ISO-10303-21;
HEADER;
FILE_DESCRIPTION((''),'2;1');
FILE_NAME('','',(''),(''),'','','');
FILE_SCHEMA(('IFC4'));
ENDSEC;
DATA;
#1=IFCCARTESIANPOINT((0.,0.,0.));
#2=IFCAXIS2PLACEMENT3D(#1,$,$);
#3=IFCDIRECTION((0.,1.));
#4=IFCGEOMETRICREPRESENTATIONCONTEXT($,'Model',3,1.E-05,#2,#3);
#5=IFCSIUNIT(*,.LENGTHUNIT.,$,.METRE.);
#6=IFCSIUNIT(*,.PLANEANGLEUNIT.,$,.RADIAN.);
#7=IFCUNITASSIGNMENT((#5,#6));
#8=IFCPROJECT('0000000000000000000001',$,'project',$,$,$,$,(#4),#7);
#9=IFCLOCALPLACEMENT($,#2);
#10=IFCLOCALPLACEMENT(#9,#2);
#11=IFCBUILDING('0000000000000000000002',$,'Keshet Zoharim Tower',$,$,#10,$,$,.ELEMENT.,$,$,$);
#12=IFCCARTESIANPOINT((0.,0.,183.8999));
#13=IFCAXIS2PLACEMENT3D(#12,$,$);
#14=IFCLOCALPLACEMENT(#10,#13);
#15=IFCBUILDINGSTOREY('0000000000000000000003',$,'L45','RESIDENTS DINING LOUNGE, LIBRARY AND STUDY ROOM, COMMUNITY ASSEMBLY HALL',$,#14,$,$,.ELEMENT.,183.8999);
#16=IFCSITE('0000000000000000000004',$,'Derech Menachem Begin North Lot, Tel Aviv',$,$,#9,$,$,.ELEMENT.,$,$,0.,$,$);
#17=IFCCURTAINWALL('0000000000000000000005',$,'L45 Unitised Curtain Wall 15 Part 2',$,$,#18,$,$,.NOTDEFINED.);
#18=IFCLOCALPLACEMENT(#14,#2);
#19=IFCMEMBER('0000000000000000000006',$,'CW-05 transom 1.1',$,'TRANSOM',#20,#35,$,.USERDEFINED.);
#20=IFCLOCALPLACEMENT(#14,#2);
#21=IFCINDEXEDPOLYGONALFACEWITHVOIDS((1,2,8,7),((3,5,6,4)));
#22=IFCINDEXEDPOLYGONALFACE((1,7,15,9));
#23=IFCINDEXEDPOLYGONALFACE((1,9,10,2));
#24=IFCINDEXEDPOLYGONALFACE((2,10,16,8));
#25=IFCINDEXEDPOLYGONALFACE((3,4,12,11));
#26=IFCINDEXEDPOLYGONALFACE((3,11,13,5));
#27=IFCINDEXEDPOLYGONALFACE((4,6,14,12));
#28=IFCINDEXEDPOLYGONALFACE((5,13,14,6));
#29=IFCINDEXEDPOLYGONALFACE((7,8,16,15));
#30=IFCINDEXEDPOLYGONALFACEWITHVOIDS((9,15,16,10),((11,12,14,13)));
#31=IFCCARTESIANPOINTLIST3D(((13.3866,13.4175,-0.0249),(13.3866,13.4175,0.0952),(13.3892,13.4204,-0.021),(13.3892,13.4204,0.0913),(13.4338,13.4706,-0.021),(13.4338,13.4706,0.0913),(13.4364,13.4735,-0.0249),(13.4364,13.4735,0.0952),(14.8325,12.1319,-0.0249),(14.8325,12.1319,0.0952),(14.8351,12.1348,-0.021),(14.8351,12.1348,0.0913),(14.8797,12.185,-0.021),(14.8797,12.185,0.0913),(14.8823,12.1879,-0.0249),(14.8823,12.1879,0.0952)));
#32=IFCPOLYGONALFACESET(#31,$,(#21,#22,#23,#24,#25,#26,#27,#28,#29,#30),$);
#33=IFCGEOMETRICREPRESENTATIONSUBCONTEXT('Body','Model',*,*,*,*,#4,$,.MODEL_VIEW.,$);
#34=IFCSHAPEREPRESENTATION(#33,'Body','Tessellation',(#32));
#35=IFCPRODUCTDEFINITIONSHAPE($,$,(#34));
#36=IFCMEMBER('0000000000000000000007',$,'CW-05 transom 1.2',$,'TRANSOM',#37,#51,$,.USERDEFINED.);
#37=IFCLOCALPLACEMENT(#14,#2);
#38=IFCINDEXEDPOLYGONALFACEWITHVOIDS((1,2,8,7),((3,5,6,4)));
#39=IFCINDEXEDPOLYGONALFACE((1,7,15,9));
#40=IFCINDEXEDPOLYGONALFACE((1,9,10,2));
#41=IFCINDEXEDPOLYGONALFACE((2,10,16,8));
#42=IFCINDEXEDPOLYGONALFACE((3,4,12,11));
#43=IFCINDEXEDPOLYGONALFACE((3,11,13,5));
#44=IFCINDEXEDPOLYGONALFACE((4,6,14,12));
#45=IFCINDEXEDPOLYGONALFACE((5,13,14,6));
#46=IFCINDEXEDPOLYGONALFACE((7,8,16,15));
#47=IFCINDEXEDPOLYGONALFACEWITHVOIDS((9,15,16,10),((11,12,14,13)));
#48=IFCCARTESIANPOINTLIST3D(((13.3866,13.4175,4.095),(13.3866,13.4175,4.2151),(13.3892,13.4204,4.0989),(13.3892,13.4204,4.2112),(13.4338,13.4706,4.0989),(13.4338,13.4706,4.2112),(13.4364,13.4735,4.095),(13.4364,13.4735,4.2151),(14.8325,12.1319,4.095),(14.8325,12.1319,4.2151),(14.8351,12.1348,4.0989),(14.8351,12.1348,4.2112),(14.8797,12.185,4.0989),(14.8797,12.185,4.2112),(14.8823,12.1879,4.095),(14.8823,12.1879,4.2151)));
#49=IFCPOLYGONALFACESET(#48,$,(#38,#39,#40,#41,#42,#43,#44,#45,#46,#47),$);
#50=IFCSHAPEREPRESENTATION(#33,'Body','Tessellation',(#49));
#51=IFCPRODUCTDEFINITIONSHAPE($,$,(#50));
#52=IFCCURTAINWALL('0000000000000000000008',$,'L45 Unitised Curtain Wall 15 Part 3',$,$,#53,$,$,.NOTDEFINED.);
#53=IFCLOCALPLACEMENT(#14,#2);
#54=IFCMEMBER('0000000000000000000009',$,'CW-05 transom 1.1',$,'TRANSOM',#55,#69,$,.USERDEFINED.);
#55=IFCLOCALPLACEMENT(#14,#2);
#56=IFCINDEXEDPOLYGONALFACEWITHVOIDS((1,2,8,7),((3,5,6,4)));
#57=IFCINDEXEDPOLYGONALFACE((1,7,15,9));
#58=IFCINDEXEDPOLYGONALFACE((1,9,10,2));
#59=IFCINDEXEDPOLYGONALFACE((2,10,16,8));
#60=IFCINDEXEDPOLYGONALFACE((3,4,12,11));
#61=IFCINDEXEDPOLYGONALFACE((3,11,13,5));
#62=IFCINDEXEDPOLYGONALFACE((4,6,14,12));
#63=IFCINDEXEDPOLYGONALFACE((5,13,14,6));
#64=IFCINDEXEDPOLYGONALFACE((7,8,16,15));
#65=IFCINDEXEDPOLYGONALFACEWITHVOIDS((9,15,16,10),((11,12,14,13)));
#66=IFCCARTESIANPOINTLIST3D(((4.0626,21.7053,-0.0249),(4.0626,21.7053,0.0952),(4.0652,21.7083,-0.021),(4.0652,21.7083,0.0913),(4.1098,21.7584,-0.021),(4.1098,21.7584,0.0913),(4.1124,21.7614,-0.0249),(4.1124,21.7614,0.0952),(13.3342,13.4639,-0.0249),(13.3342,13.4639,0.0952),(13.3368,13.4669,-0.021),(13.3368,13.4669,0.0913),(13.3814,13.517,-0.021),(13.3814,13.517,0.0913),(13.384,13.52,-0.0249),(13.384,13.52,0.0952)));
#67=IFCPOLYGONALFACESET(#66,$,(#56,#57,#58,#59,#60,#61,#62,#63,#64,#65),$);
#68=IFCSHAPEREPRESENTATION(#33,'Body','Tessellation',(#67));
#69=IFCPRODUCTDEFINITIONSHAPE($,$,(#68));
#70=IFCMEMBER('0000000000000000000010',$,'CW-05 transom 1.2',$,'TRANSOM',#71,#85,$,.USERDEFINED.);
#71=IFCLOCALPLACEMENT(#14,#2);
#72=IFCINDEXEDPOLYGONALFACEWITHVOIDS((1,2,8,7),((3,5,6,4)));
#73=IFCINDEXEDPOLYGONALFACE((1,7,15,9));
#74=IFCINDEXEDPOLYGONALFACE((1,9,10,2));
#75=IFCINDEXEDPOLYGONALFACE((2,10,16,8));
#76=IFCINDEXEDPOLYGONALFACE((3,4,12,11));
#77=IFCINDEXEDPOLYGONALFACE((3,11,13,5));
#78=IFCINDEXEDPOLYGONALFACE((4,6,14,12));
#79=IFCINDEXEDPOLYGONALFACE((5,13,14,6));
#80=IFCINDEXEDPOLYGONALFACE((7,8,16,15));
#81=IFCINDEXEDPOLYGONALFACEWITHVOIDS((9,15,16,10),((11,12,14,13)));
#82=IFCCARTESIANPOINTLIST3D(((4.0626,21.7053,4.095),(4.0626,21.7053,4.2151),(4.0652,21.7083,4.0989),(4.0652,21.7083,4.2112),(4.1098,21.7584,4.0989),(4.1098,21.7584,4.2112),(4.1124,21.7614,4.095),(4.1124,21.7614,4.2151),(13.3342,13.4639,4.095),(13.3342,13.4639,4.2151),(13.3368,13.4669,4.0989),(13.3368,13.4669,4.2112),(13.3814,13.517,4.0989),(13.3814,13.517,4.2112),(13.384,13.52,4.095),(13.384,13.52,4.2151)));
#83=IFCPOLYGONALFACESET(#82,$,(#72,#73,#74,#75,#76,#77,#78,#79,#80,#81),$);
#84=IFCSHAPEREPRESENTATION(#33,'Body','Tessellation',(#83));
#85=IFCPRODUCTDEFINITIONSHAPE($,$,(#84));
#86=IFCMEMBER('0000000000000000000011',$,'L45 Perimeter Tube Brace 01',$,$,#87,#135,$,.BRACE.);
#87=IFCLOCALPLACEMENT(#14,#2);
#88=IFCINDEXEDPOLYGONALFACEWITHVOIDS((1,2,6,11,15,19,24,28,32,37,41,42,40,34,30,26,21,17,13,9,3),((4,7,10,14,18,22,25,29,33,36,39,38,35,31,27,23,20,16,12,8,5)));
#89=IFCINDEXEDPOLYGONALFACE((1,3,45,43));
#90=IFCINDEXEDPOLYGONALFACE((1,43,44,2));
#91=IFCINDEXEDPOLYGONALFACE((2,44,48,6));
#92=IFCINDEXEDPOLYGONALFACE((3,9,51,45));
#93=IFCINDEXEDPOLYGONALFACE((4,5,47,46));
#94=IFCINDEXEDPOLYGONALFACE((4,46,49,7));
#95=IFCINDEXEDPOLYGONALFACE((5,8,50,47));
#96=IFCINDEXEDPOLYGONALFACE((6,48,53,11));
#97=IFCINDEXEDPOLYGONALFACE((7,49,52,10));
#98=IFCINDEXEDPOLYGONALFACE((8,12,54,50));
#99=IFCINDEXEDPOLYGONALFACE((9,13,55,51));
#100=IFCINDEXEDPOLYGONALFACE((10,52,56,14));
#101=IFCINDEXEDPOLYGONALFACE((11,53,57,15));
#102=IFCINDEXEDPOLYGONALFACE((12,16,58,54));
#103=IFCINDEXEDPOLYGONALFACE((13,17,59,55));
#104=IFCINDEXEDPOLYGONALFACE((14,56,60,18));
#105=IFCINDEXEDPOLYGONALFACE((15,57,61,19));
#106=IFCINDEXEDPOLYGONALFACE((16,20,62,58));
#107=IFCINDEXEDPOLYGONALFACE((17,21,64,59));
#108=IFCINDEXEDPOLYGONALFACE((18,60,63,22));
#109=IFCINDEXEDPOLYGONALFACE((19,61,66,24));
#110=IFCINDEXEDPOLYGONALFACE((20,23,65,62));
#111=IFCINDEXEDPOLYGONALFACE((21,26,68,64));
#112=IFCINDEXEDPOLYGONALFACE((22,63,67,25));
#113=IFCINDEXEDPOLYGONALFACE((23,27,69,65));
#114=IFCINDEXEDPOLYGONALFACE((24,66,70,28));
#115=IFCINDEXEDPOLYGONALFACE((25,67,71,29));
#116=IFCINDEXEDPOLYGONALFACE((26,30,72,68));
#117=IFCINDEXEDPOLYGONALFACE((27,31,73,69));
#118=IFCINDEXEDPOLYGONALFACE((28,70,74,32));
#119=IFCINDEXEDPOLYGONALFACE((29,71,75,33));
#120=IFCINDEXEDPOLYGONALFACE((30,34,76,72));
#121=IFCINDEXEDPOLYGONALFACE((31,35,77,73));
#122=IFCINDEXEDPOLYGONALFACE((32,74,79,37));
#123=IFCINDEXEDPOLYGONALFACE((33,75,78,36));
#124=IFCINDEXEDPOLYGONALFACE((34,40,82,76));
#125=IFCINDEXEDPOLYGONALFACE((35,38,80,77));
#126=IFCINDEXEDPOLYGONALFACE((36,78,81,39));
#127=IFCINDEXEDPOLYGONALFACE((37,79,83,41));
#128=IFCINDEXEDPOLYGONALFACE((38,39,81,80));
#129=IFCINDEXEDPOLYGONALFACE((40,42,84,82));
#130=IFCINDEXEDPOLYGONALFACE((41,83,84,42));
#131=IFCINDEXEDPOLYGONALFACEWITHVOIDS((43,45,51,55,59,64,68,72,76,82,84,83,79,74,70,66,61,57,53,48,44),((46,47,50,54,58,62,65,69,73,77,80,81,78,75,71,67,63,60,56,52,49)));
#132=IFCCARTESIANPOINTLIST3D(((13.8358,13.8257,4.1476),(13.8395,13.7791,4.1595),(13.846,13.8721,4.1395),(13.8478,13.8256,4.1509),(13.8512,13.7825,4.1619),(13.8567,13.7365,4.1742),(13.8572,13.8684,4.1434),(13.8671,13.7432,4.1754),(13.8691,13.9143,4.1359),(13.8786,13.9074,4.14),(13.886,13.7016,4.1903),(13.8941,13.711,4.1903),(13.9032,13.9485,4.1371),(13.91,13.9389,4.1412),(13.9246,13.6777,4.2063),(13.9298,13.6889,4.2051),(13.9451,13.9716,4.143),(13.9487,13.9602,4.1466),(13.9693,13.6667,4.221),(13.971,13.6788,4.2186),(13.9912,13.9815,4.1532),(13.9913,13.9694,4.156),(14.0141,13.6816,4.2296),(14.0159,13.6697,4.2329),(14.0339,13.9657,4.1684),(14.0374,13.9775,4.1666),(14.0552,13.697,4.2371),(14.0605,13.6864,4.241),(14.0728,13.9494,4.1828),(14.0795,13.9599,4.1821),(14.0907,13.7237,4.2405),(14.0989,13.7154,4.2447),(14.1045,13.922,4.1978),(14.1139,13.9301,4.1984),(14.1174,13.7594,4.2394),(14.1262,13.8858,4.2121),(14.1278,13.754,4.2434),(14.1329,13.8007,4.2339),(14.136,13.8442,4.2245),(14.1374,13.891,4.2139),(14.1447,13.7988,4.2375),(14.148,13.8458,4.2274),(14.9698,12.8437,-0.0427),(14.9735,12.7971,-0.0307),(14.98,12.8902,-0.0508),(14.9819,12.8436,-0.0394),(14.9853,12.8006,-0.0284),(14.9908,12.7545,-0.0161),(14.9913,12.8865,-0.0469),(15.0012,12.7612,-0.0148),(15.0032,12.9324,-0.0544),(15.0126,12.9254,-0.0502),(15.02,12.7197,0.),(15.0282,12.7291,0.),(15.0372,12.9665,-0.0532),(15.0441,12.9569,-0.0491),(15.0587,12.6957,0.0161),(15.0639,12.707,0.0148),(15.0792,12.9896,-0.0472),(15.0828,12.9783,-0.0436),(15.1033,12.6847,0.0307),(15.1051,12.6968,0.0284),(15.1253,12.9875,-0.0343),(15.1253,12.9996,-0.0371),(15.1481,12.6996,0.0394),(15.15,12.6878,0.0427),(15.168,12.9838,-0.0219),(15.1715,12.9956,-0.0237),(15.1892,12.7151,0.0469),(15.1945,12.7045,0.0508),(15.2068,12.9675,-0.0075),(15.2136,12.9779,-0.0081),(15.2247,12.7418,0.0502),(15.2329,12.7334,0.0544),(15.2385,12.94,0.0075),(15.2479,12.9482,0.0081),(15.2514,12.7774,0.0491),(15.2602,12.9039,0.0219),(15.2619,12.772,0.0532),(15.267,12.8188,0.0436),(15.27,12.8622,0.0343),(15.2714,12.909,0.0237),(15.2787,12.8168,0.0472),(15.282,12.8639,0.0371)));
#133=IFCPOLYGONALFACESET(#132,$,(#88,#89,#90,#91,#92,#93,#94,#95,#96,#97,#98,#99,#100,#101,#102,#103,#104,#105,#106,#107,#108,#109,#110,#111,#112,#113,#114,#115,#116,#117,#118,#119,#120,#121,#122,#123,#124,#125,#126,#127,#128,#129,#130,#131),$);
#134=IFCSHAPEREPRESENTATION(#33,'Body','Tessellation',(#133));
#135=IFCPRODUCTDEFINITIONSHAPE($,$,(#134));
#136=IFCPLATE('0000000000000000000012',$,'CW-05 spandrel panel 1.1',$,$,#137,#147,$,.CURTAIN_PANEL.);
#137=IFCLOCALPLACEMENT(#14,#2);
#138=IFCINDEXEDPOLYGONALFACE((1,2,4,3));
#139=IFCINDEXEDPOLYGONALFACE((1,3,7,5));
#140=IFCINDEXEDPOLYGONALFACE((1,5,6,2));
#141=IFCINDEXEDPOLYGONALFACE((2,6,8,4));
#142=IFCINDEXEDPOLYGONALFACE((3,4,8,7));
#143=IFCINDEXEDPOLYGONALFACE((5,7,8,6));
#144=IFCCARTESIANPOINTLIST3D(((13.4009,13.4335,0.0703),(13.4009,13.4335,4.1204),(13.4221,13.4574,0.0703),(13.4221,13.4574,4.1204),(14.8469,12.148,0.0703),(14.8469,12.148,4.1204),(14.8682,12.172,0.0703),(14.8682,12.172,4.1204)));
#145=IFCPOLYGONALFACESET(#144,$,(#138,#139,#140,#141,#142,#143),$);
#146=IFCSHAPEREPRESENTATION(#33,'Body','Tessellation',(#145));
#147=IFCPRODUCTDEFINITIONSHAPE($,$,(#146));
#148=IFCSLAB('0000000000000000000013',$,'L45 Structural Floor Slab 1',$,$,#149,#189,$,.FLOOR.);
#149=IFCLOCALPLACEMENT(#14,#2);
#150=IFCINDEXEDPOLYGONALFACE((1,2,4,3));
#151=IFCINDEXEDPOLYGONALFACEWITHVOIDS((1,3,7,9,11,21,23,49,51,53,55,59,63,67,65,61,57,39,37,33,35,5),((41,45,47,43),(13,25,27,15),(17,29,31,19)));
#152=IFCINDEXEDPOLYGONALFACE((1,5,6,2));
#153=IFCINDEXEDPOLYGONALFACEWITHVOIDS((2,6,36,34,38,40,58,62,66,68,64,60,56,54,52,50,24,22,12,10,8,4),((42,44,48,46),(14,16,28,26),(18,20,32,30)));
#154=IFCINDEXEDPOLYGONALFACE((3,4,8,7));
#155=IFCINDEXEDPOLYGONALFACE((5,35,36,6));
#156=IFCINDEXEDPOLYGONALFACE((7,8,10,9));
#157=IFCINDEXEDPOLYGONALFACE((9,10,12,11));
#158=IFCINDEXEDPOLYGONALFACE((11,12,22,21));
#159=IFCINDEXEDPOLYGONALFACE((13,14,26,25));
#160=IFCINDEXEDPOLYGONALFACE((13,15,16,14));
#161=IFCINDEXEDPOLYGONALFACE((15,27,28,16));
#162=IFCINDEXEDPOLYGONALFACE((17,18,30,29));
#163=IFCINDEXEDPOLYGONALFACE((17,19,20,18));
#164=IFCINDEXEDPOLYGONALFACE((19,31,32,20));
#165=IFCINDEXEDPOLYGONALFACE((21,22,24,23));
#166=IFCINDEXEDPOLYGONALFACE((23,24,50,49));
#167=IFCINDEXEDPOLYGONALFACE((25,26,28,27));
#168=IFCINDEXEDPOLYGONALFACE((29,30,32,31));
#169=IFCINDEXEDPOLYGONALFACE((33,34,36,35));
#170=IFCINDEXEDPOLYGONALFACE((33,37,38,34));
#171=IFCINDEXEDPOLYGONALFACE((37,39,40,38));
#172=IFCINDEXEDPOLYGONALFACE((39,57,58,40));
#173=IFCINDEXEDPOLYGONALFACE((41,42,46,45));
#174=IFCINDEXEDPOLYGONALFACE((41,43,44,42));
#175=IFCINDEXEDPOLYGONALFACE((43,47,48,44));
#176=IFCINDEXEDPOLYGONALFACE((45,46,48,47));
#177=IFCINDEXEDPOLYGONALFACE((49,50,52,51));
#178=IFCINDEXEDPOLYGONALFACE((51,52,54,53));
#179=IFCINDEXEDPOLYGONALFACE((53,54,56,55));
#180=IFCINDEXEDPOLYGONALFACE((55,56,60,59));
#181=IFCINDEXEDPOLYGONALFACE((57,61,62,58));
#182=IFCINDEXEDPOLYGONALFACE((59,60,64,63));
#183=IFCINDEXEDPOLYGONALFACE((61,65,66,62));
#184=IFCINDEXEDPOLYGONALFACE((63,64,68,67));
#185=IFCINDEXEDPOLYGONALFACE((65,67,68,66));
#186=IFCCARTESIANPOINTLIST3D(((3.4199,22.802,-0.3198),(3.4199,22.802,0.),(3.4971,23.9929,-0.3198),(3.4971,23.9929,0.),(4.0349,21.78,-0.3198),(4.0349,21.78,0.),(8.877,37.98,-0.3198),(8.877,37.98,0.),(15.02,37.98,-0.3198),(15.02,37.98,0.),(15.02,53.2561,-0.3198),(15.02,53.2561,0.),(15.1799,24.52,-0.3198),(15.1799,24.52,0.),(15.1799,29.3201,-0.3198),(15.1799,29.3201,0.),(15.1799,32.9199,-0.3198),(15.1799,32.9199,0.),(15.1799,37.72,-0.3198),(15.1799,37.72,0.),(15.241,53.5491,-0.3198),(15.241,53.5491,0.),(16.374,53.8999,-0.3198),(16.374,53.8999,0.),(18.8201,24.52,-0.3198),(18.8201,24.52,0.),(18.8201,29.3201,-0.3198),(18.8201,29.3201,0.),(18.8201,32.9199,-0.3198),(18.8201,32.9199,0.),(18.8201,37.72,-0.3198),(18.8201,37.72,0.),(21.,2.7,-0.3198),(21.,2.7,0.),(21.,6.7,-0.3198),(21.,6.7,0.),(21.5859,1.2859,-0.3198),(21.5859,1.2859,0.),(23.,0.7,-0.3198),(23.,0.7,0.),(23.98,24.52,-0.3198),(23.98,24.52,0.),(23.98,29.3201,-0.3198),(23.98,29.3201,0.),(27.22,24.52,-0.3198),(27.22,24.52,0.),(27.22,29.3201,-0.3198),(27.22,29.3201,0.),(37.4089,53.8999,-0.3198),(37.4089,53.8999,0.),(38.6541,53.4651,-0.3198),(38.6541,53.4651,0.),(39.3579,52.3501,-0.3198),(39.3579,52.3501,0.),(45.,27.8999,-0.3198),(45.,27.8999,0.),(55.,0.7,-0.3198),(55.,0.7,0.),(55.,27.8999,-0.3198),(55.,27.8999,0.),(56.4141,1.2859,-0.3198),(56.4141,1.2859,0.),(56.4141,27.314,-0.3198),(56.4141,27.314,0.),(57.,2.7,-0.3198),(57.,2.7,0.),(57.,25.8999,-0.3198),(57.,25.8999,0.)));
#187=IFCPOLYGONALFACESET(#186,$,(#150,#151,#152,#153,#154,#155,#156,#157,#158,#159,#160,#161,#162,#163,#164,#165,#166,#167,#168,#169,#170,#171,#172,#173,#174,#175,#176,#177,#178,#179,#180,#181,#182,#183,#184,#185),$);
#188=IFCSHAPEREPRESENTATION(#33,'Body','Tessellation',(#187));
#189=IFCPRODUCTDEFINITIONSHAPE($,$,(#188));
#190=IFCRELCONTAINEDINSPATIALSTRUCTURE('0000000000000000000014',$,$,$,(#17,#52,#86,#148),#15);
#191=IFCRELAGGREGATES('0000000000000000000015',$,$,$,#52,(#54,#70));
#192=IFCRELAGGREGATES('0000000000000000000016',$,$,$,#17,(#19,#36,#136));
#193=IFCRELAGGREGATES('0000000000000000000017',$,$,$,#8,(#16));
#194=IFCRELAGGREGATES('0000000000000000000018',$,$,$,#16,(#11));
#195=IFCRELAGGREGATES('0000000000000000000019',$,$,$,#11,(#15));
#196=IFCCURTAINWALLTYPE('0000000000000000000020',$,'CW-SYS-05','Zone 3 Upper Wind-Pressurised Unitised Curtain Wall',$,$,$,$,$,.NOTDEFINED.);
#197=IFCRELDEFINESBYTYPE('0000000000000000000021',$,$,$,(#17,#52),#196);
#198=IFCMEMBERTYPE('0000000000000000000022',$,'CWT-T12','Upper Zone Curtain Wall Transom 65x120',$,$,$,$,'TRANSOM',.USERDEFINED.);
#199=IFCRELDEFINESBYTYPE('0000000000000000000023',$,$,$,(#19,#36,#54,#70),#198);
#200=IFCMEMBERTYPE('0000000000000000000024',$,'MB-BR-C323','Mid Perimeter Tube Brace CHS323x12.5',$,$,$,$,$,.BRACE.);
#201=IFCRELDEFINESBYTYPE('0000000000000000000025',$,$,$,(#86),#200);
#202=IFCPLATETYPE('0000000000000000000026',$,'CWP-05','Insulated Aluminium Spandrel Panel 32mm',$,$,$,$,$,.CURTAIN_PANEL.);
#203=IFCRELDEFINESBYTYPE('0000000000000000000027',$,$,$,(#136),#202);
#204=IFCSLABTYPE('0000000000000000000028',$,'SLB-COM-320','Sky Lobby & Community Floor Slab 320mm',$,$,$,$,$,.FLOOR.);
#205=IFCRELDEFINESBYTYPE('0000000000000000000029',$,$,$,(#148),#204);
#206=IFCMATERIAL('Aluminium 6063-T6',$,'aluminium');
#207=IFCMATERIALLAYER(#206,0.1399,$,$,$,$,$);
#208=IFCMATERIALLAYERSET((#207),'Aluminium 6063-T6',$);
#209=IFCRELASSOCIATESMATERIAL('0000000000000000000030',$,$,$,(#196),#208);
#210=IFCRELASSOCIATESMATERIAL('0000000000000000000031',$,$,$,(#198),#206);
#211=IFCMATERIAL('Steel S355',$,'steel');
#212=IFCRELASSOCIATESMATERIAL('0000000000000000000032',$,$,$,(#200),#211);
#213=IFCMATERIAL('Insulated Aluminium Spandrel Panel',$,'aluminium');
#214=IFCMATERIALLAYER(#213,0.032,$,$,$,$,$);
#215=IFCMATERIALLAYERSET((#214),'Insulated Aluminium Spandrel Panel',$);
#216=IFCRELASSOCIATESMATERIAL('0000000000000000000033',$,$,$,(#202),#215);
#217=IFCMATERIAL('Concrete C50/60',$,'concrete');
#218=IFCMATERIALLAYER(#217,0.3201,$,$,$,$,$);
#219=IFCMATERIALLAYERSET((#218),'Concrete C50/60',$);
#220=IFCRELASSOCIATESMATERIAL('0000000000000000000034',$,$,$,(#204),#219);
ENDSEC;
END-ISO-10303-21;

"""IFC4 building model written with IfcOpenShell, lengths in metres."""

from ifc_helpers import new_model, si_unit, direction, frame, origin, origin_2d, place, context, subcontext, project, spatial, polyline, rectangle, hollow_rectangle, hollow_circle, outline, extrude, material, layer, layer_set, material_profile, profile_set, type_object, element, aggregate, save


model = new_model("IFC4")

# Units and contexts
model_context = context("Model", 3, precision=1e-05, world=origin(), true_north=direction((0.0, 1.0)))
body_context = subcontext(model_context, "Body", "Model", "MODEL_VIEW")
ifc_project = project(units=[si_unit("LENGTHUNIT", "METRE"), si_unit("PLANEANGLEUNIT", "RADIAN")], contexts=[model_context])

# Site, building, storey
site_placement = place(None, origin())
site = spatial("IfcSite", under=ifc_project, at=site_placement, Name="Derech Menachem Begin North Lot, Tel Aviv", CompositionType="ELEMENT", RefElevation=0.0)
building_placement = place(site_placement, origin())
building = spatial("IfcBuilding", under=site, at=building_placement, Name="Keshet Zoharim Tower", CompositionType="ELEMENT")
storey_placement = place(building_placement, frame((0.0, 0.0, 183.8999)))
storey = spatial("IfcBuildingStorey", under=building, at=storey_placement, Name="L45", Description="RESIDENTS DINING LOUNGE, LIBRARY AND STUDY ROOM, COMMUNITY ASSEMBLY HALL", CompositionType="ELEMENT", Elevation=183.8999)

# Shared definitions
ifc_material_1 = material(Name="Steel S355", Category="steel")

# Shared definitions
ifc_material_2 = material(Name="Aluminium 6063-T6", Category="aluminium")
ifc_layer_1 = layer(ifc_material_2, 0.1399)
ifc_layer_set_1 = layer_set([ifc_layer_1], Name="Aluminium 6063-T6")
curtain_wall_type = type_object("IfcCurtainWallType", Name="CW-SYS-05", Description="Zone 3 Upper Wind-Pressurised Unitised Curtain Wall", PredefinedType="NOTDEFINED", material=ifc_layer_set_1)

# Curtain walls, members
curtain_wall_1_placement = place(storey_placement, origin())
curtain_wall_1 = element("IfcCurtainWall", 1, at=curtain_wall_1_placement, inside=storey, type_object=curtain_wall_type, Name="L45 Unitised Curtain Wall 15 Part 2", PredefinedType="NOTDEFINED")
ifc_material_profile_1 = material_profile(ifc_material_2, hollow_rectangle(XDim=0.075, YDim=0.1201, WallThickness=0.0039, at=origin_2d()), Name="TRN-75x120")
ifc_profile_set_1 = profile_set([ifc_material_profile_1], Name="Aluminium 6063-T6")
member_type_1 = type_object("IfcMemberType", Name="CWT-T12", Description="Upper Zone Curtain Wall Transom 65x120", ElementType="TRANSOM", PredefinedType="USERDEFINED", material=ifc_profile_set_1)
member_1_placement = place(storey_placement, frame((14.8574, 12.1599, 0.0352), z_axis=(-0.74734, 0.664442, 0.0), x_axis=(-0.664442, -0.74734, 0.0)))
member_1 = element("IfcMember", 2, at=member_1_placement, type_object=member_type_1, Name="CW-05 transom 1.1", ObjectType="TRANSOM", PredefinedType="USERDEFINED", context=body_context, shape_type="SweptSolid", body=[
    extrude(hollow_rectangle(XDim=0.075, YDim=0.1201, WallThickness=0.0039, at=origin_2d()), origin(), (0.0, 0.0, 1.0), 1.9348),
])
member_2_placement = place(storey_placement, frame((14.8574, 12.1599, 4.155), z_axis=(-0.74734, 0.664442, 0.0), x_axis=(-0.664442, -0.74734, 0.0)))
member_2 = element("IfcMember", 3, at=member_2_placement, type_object=member_type_1, Name="CW-05 transom 1.2", ObjectType="TRANSOM", PredefinedType="USERDEFINED", context=body_context, shape_type="SweptSolid", body=[
    extrude(hollow_rectangle(XDim=0.075, YDim=0.1201, WallThickness=0.0039, at=origin_2d()), origin(), (0.0, 0.0, 1.0), 1.9348),
])
curtain_wall_2_placement = place(storey_placement, origin())
curtain_wall_2 = element("IfcCurtainWall", 4, at=curtain_wall_2_placement, inside=storey, type_object=curtain_wall_type, Name="L45 Unitised Curtain Wall 15 Part 3", PredefinedType="NOTDEFINED")
member_3_placement = place(storey_placement, frame((13.3591, 13.4919, 0.0352), z_axis=(-0.747413, 0.66436, 0.0), x_axis=(-0.66436, -0.747413, 0.0)))
member_3 = element("IfcMember", 5, at=member_3_placement, type_object=member_type_1, Name="CW-05 transom 1.1", ObjectType="TRANSOM", PredefinedType="USERDEFINED", context=body_context, shape_type="SweptSolid", body=[
    extrude(hollow_rectangle(XDim=0.075, YDim=0.1201, WallThickness=0.0039, at=origin_2d()), origin(), (0.0, 0.0, 1.0), 12.405),
])
member_4_placement = place(storey_placement, frame((13.3591, 13.4919, 4.155), z_axis=(-0.747413, 0.66436, 0.0), x_axis=(-0.66436, -0.747413, 0.0)))
member_4 = element("IfcMember", 6, at=member_4_placement, type_object=member_type_1, Name="CW-05 transom 1.2", ObjectType="TRANSOM", PredefinedType="USERDEFINED", context=body_context, shape_type="SweptSolid", body=[
    extrude(hollow_rectangle(XDim=0.075, YDim=0.1201, WallThickness=0.0039, at=origin_2d()), origin(), (0.0, 0.0, 1.0), 12.405),
])
aggregate(curtain_wall_2, [member_3, member_4])

# Member
ifc_material_profile_2 = material_profile(ifc_material_1, hollow_circle(Radius=0.1619, WallThickness=0.0125, at=origin_2d()), Name="CHS323x12.5")
ifc_profile_set_2 = profile_set([ifc_material_profile_2], Name="Steel S355")
member_type_2 = type_object("IfcMemberType", Name="MB-BR-C323", Description="Mid Perimeter Tube Brace CHS323x12.5", PredefinedType="BRACE", material=ifc_profile_set_2)
member_5_placement = place(storey_placement, frame((15.126, 12.842, 0.0), z_axis=(-0.254804, 0.220629, 0.941487), x_axis=(-0.65459, -0.755984, 0.0)))
element("IfcMember", 7, at=member_5_placement, inside=storey, type_object=member_type_2, Name="L45 Perimeter Tube Brace 01", PredefinedType="BRACE", context=body_context, shape_type="SweptSolid", body=[
    extrude(hollow_circle(Radius=0.1619, WallThickness=0.0125, at=origin_2d()), origin(), (0.0, 0.0, 1.0), 4.4507),
])

# Plate
ifc_material_3 = material(Name="Insulated Aluminium Spandrel Panel", Category="aluminium")
ifc_layer_2 = layer(ifc_material_3, 0.032)
ifc_layer_set_2 = layer_set([ifc_layer_2], Name="Insulated Aluminium Spandrel Panel")
plate_type = type_object("IfcPlateType", Name="CWP-05", Description="Insulated Aluminium Spandrel Panel 32mm", PredefinedType="CURTAIN_PANEL", material=ifc_layer_set_2)
plate_placement = place(storey_placement, frame((14.1345, 12.8027, 0.0703), z_axis=(0.0, 0.0, 1.0), x_axis=(-0.747387, 0.664389, 0.0)))
plate = element("IfcPlate", 8, at=plate_placement, type_object=plate_type, Name="CW-05 spandrel panel 1.1", PredefinedType="CURTAIN_PANEL", context=body_context, shape_type="SweptSolid", body=[
    extrude(rectangle(XDim=1.9348, YDim=0.032, at=origin_2d()), origin(), (0.0, 0.0, 1.0), 4.05),
])
aggregate(curtain_wall_1, [member_1, member_2, plate])

# Slab
ifc_material_4 = material(Name="Concrete C50/60", Category="concrete")
ifc_layer_3 = layer(ifc_material_4, 0.3201)
ifc_layer_set_3 = layer_set([ifc_layer_3], Name="Concrete C50/60")
slab_type_1 = type_object("IfcSlabType", Name="SLB-COM-320", Description="Sky Lobby & Community Floor Slab 320mm", PredefinedType="FLOOR", material=ifc_layer_set_3)
slab_1_placement = place(storey_placement, frame((0.0, 0.0, -0.3198)))
element("IfcSlab", 9, at=slab_1_placement, inside=storey, type_object=slab_type_1, Name="L45 Structural Floor Slab 1", PredefinedType="FLOOR", context=body_context, shape_type="SweptSolid", body=[
    extrude(outline(polyline([(16.374, 53.8999), (37.4089, 53.8999), (38.6541, 53.4651), (39.3579, 52.3501), (45.0, 27.8999), (55.0, 27.8999), (56.4141, 27.314), (57.0, 25.8999), (57.0, 2.7), (56.4141, 1.2859), (55.0, 0.7), (23.0, 0.7), (21.5859, 1.2859), (21.0, 2.7), (21.0, 6.7), (4.0349, 21.78), (3.4199, 22.802), (3.4971, 23.9929), (8.877, 37.98), (15.02, 37.98), (15.02, 53.2561), (15.241, 53.5491), (16.374, 53.8999)]), holes=[polyline([(15.1799, 24.52), (18.8201, 24.52), (18.8201, 29.3201), (15.1799, 29.3201), (15.1799, 24.52)]), polyline([(15.1799, 32.9199), (18.8201, 32.9199), (18.8201, 37.72), (15.1799, 37.72), (15.1799, 32.9199)]), polyline([(23.98, 24.52), (27.22, 24.52), (27.22, 29.3201), (23.98, 29.3201), (23.98, 24.52)])]), origin(), (0.0, 0.0, 1.0), 0.3198),
])

save(model, "model.ifc")
